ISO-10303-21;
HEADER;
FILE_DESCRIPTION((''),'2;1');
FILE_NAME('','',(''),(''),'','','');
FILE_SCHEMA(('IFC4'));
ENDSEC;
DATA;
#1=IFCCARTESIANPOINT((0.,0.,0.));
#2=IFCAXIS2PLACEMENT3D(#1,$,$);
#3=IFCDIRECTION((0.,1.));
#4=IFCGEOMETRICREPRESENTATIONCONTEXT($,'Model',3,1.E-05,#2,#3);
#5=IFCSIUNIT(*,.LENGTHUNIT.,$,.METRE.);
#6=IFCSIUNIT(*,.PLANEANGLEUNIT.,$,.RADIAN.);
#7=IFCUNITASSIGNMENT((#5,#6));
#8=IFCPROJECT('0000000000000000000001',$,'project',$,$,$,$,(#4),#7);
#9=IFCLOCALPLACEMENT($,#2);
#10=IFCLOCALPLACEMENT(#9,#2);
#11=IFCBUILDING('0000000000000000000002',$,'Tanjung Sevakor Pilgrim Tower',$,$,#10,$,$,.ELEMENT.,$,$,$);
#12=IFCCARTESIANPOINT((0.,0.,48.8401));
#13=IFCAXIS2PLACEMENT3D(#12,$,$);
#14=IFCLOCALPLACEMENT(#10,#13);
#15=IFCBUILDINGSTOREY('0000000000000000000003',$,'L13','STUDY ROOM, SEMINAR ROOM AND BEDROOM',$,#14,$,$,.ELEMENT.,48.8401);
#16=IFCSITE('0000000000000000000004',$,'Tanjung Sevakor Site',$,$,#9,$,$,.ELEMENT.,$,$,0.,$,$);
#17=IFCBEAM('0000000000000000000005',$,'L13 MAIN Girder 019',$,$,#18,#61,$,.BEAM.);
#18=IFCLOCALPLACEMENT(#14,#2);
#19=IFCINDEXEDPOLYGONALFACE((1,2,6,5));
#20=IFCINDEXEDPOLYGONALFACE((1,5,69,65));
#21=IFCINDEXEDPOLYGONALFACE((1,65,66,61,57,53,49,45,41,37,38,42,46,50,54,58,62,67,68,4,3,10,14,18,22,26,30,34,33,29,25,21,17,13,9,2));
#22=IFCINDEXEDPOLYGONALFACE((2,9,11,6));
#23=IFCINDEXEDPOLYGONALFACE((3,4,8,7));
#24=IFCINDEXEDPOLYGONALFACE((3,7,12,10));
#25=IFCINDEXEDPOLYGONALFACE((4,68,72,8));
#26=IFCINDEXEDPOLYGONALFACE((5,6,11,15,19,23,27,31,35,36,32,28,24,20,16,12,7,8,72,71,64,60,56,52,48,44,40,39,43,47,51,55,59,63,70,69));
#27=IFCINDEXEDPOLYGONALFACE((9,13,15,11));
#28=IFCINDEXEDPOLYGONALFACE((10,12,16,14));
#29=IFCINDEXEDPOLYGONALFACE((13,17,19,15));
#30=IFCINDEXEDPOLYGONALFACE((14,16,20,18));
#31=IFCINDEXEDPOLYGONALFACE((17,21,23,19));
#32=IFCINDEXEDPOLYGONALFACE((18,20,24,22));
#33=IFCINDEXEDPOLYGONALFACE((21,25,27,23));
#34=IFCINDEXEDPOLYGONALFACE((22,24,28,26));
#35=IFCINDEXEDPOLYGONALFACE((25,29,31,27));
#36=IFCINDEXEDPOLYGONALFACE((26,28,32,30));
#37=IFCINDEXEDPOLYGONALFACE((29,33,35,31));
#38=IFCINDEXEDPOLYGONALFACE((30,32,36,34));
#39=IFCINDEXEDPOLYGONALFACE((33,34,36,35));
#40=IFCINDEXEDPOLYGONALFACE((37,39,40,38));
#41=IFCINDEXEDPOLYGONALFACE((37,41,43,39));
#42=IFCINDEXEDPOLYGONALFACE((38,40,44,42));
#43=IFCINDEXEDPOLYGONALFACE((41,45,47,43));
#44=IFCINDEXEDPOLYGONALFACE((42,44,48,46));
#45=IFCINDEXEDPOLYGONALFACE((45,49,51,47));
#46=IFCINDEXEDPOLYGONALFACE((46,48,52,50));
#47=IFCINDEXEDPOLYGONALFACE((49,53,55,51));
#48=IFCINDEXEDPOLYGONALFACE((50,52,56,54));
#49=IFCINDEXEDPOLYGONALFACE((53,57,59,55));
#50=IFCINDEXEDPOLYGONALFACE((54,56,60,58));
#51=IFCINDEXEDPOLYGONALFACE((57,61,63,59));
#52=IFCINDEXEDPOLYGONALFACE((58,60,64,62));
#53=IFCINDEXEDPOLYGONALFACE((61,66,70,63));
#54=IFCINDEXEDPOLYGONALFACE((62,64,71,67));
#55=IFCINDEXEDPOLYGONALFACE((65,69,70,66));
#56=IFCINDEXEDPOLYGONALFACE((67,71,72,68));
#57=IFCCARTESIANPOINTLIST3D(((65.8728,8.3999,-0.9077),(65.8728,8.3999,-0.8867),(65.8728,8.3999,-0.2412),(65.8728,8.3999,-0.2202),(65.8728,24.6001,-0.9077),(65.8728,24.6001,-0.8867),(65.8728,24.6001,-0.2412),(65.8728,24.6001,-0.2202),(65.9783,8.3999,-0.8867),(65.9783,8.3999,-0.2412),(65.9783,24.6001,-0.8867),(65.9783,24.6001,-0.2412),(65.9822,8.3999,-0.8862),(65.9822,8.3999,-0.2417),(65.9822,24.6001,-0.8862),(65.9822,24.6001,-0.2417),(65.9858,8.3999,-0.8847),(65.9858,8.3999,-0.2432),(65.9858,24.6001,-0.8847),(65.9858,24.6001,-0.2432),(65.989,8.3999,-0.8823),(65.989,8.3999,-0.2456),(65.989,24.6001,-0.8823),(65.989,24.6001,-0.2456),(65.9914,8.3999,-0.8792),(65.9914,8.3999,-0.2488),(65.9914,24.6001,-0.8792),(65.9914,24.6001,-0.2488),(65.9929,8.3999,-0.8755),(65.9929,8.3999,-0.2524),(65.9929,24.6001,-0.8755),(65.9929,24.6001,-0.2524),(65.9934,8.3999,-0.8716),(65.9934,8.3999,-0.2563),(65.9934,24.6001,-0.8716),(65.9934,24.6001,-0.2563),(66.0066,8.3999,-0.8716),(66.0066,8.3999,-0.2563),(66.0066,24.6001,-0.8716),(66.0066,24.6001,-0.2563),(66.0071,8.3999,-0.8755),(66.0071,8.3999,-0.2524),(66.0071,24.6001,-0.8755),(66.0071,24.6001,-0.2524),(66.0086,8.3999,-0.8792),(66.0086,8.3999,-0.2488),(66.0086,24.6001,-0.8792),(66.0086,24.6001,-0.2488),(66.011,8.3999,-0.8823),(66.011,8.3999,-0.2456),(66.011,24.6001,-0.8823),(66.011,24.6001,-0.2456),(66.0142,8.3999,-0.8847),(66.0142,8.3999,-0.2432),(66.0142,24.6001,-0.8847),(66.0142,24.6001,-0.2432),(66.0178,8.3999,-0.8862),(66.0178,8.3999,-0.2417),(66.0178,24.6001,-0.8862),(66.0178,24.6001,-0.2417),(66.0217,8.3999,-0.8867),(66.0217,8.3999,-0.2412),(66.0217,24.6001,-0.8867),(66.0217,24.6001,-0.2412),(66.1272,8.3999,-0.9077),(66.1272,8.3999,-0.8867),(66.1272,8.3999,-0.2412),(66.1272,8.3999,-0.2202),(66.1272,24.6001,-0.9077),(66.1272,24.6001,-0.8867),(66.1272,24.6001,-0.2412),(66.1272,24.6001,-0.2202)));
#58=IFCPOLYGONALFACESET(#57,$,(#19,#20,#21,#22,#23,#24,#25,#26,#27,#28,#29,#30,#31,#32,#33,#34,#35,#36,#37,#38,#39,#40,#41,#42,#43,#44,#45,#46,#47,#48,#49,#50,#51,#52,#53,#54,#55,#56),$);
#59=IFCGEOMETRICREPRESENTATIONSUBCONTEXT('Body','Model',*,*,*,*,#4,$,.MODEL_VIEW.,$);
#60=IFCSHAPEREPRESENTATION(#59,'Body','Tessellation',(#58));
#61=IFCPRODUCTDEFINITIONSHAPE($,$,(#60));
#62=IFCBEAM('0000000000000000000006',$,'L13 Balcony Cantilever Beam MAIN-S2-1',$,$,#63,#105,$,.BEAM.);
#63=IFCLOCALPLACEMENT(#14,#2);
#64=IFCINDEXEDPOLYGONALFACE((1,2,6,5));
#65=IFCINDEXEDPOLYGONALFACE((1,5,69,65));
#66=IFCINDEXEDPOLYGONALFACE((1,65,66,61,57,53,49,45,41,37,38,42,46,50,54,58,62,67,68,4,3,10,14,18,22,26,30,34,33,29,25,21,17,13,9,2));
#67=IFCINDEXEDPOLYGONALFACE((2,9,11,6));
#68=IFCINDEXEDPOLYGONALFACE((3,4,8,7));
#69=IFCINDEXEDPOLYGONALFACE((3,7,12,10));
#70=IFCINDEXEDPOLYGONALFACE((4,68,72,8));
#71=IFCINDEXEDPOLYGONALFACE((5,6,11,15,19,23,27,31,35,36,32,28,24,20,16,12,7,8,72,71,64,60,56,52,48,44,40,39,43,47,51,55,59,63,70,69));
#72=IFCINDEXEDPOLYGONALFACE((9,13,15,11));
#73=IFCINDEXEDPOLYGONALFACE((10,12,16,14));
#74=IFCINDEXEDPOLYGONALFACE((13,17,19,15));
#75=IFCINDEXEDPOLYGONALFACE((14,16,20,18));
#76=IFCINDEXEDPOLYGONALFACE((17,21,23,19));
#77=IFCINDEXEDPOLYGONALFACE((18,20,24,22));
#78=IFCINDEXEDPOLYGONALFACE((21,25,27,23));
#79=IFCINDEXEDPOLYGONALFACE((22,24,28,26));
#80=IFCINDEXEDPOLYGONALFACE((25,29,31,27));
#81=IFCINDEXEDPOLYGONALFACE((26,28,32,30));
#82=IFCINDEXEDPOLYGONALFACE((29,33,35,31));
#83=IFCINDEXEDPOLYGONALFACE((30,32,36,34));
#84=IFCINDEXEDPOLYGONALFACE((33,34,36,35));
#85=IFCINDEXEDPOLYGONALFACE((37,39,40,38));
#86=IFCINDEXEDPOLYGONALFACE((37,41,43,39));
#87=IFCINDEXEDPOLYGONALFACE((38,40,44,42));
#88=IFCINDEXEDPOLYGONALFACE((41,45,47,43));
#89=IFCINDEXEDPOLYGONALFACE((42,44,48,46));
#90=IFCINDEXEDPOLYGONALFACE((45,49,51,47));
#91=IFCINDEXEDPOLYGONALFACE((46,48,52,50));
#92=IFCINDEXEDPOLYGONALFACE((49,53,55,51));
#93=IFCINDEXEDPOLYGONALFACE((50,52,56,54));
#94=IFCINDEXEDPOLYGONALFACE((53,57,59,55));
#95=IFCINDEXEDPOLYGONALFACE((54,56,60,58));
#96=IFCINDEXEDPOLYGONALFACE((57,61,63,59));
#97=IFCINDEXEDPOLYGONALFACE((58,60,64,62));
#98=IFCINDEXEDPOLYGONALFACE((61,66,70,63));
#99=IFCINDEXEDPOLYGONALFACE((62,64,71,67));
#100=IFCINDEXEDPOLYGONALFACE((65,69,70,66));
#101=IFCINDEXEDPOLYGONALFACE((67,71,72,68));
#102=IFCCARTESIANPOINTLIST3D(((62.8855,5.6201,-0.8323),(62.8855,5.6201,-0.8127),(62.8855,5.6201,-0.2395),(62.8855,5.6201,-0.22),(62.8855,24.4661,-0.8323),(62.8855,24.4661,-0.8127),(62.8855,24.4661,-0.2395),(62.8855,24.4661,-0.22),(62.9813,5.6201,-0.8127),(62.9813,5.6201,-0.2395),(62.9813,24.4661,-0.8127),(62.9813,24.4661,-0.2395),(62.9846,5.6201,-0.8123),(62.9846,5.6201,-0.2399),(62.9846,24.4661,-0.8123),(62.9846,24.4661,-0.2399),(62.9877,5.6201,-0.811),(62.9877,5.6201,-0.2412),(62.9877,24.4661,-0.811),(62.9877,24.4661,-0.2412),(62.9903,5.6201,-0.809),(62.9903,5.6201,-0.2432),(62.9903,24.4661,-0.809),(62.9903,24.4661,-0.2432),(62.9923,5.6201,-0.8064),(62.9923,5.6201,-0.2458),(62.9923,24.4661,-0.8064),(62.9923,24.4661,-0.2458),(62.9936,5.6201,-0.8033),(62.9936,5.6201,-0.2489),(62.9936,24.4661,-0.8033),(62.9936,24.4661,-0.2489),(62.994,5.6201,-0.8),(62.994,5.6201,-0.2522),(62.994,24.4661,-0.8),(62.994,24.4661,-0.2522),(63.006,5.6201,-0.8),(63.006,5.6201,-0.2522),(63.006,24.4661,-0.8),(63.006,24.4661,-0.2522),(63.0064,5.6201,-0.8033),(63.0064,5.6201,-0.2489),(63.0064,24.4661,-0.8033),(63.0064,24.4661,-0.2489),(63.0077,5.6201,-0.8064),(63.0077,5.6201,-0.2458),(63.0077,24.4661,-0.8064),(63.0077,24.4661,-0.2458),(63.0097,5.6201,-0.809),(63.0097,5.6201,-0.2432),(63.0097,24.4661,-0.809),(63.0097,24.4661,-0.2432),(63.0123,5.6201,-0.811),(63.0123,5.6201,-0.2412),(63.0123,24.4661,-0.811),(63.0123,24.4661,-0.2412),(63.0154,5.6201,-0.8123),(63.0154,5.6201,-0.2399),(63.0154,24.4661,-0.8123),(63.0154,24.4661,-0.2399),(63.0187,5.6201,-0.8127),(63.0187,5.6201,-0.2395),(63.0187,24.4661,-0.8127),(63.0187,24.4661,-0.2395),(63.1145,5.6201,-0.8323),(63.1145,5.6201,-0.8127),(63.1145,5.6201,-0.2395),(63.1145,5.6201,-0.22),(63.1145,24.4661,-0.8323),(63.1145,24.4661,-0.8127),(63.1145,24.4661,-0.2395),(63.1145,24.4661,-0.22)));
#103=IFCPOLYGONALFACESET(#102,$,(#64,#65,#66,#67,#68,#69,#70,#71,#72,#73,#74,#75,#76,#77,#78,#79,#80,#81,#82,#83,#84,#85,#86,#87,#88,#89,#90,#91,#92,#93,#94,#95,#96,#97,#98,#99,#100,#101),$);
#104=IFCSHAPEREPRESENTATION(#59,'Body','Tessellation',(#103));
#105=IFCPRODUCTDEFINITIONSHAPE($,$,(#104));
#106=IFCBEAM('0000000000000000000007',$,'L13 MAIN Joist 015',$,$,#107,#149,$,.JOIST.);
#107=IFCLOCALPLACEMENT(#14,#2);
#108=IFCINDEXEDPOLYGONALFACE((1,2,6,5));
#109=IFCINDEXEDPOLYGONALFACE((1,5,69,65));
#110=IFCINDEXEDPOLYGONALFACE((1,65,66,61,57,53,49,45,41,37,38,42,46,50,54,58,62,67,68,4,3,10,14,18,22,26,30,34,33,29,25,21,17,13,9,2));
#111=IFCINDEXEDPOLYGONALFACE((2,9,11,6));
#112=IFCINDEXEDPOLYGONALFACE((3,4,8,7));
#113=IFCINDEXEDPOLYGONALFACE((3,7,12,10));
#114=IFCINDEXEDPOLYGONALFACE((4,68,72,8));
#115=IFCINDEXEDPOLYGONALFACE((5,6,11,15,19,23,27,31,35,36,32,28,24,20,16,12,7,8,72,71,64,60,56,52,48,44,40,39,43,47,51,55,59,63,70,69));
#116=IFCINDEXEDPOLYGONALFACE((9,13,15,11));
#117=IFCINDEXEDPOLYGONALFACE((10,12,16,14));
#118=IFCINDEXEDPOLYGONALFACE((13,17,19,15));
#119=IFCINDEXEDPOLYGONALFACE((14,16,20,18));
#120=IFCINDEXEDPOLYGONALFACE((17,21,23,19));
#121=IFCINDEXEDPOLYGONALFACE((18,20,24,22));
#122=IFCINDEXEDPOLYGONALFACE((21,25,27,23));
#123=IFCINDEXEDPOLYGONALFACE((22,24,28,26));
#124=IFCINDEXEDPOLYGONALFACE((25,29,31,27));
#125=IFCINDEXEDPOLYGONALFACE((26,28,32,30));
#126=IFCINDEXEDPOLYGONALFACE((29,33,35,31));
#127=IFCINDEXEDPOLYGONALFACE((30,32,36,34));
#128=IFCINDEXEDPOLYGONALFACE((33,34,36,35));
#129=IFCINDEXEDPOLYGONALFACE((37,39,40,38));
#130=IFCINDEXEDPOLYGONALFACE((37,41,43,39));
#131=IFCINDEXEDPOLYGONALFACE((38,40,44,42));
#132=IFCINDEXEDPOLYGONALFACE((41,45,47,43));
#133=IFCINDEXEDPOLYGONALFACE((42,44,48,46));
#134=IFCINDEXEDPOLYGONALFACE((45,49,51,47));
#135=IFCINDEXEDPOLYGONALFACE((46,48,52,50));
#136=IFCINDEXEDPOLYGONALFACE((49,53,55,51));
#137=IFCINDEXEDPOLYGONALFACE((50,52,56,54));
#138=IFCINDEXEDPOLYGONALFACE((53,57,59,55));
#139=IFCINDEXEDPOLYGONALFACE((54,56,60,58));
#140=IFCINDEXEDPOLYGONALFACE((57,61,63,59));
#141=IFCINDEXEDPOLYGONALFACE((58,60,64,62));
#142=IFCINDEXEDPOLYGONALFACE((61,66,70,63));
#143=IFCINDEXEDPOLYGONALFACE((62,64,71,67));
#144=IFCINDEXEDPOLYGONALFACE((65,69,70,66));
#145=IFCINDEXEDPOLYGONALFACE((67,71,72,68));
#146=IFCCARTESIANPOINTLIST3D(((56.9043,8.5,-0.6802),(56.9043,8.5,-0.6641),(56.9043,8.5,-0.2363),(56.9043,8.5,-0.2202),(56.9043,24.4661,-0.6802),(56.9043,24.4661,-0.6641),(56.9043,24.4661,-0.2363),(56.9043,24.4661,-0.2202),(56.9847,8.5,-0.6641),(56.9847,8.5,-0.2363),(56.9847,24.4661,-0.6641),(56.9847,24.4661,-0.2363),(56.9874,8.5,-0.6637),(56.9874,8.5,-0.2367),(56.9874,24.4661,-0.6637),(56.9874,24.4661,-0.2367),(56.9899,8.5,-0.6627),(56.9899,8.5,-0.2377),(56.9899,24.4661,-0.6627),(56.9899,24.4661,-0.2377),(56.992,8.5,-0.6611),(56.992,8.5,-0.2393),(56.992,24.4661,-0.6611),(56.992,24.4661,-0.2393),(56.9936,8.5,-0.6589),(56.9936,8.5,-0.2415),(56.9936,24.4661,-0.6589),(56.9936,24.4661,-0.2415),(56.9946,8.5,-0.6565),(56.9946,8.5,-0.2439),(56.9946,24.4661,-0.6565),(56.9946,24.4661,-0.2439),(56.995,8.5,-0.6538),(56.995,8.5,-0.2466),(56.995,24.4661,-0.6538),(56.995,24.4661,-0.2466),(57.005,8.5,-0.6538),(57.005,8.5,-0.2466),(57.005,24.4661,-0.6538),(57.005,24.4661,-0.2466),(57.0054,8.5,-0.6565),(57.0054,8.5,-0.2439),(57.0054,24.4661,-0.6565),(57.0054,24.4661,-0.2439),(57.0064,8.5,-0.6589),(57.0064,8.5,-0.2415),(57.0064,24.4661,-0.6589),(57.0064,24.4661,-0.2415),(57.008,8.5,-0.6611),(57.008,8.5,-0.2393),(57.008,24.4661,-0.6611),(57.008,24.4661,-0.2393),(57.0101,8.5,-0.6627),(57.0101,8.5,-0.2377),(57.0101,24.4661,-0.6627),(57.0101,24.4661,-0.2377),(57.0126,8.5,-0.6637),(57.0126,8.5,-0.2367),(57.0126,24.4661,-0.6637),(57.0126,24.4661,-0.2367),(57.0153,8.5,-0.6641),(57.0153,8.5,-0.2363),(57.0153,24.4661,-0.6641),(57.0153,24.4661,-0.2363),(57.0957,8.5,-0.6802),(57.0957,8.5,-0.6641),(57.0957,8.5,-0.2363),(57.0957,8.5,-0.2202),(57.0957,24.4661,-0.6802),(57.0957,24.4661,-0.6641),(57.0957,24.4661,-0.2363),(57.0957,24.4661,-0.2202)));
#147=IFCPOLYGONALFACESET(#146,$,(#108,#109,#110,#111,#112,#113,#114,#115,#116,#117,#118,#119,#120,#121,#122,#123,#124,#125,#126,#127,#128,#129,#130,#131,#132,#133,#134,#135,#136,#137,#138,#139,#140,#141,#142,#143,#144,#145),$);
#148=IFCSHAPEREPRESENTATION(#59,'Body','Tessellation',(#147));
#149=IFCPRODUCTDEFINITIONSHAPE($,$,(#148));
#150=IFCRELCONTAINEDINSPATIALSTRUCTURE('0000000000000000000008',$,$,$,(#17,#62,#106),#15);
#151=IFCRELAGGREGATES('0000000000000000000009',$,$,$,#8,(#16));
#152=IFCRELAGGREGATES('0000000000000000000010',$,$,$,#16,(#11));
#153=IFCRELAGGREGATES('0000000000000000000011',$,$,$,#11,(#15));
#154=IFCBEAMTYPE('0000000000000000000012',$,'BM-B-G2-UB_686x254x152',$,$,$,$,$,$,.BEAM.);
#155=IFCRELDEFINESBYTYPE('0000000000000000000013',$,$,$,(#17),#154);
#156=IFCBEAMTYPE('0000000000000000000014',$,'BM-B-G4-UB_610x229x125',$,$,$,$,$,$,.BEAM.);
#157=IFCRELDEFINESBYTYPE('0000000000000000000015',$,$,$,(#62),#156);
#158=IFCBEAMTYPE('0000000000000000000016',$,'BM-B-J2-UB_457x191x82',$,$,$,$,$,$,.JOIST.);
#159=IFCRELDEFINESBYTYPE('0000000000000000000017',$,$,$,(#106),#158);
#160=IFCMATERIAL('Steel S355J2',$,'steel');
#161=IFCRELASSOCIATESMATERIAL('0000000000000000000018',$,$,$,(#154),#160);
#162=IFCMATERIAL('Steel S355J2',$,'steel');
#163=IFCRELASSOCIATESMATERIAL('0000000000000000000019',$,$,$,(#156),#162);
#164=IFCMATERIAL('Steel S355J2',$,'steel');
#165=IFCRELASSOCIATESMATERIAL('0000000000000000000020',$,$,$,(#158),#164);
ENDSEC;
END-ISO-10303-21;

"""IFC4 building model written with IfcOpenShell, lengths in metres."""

from ifc_helpers import new_model, si_unit, direction, frame, origin, origin_2d, place, context, subcontext, project, spatial, i_section, extrude, material, material_profile, profile_set, type_object, element, save


model = new_model("IFC4")

# Units and contexts
model_context = context("Model", 3, precision=1e-05, world=origin(), true_north=direction((0.0, 1.0)))
body_context = subcontext(model_context, "Body", "Model", "MODEL_VIEW")
ifc_project = project(units=[si_unit("LENGTHUNIT", "METRE"), si_unit("PLANEANGLEUNIT", "RADIAN")], contexts=[model_context])

# Site, building, storey
site_placement = place(None, origin())
site = spatial("IfcSite", under=ifc_project, at=site_placement, Name="Tanjung Sevakor Site", CompositionType="ELEMENT", RefElevation=0.0)
building_placement = place(site_placement, origin())
building = spatial("IfcBuilding", under=site, at=building_placement, Name="Tanjung Sevakor Pilgrim Tower", CompositionType="ELEMENT")
storey_placement = place(building_placement, frame((0.0, 0.0, 48.8401)))
storey = spatial("IfcBuildingStorey", under=building, at=storey_placement, Name="L13", Description="STUDY ROOM, SEMINAR ROOM AND BEDROOM", CompositionType="ELEMENT", Elevation=48.8401)

# Beams
ifc_material_1 = material(Name="Steel S355J2", Category="steel")
ifc_material_profile_1 = material_profile(ifc_material_1, i_section(OverallWidth=0.2544, OverallDepth=0.6875, WebThickness=0.0132, FlangeThickness=0.021, FilletRadius=0.0151, at=origin_2d()))
ifc_profile_set_1 = profile_set([ifc_material_profile_1], Name="Steel S355J2")
beam_type_1 = type_object("IfcBeamType", Name="BM-B-G2-UB_686x254x152", PredefinedType="BEAM", material=ifc_profile_set_1)
for number, where, z_axis, x_axis, name in (
    (1, (66.0, 8.3999, -0.564), (0.0, 1.0, 0.0), (-1.0, 0.0, 0.0), "L13 MAIN Girder 019"),
):
    element("IfcBeam", number, at=place(storey_placement, frame(where, z_axis=z_axis, x_axis=x_axis)), inside=storey, type_object=beam_type_1, Name=name, PredefinedType="BEAM", context=body_context, shape_type="SweptSolid", body=[
        extrude(i_section(OverallWidth=0.2544, OverallDepth=0.6875, WebThickness=0.0132, FlangeThickness=0.021, FilletRadius=0.0151, at=origin_2d()), origin(), (0.0, 0.0, 1.0), 16.2002),
    ])
ifc_material_2 = material(Name="Steel S355J2", Category="steel")
ifc_material_profile_2 = material_profile(ifc_material_2, i_section(OverallWidth=0.229, OverallDepth=0.6123, WebThickness=0.012, FlangeThickness=0.0195, FilletRadius=0.0127, at=origin_2d()))
ifc_profile_set_2 = profile_set([ifc_material_profile_2], Name="Steel S355J2")
beam_type_2 = type_object("IfcBeamType", Name="BM-B-G4-UB_610x229x125", PredefinedType="BEAM", material=ifc_profile_set_2)
beam_1_placement = place(storey_placement, frame((63.0, 24.4661, -0.5261), z_axis=(0.0, -1.0, 0.0), x_axis=(1.0, 0.0, 0.0)))
element("IfcBeam", 2, at=beam_1_placement, inside=storey, type_object=beam_type_2, Name="L13 Balcony Cantilever Beam MAIN-S2-1", PredefinedType="BEAM", context=body_context, shape_type="SweptSolid", body=[
    extrude(i_section(OverallWidth=0.229, OverallDepth=0.6123, WebThickness=0.012, FlangeThickness=0.0195, FilletRadius=0.0127, at=origin_2d()), origin(), (0.0, 0.0, 1.0), 18.8459),
])
ifc_material_3 = material(Name="Steel S355J2", Category="steel")
ifc_material_profile_3 = material_profile(ifc_material_3, i_section(OverallWidth=0.1914, OverallDepth=0.46, WebThickness=0.01, FlangeThickness=0.0161, FilletRadius=0.0103, at=origin_2d()))
ifc_profile_set_3 = profile_set([ifc_material_profile_3], Name="Steel S355J2")
beam_type_3 = type_object("IfcBeamType", Name="BM-B-J2-UB_457x191x82", PredefinedType="JOIST", material=ifc_profile_set_3)
beam_2_placement = place(storey_placement, frame((57.0, 8.5, -0.4502), z_axis=(0.0, 1.0, 0.0), x_axis=(-1.0, 0.0, 0.0)))
element("IfcBeam", 3, at=beam_2_placement, inside=storey, type_object=beam_type_3, Name="L13 MAIN Joist 015", PredefinedType="JOIST", context=body_context, shape_type="SweptSolid", body=[
    extrude(i_section(OverallWidth=0.1914, OverallDepth=0.46, WebThickness=0.01, FlangeThickness=0.0161, FilletRadius=0.0103, at=origin_2d()), origin(), (0.0, 0.0, 1.0), 15.9661),
])

save(model, "model.ifc")
